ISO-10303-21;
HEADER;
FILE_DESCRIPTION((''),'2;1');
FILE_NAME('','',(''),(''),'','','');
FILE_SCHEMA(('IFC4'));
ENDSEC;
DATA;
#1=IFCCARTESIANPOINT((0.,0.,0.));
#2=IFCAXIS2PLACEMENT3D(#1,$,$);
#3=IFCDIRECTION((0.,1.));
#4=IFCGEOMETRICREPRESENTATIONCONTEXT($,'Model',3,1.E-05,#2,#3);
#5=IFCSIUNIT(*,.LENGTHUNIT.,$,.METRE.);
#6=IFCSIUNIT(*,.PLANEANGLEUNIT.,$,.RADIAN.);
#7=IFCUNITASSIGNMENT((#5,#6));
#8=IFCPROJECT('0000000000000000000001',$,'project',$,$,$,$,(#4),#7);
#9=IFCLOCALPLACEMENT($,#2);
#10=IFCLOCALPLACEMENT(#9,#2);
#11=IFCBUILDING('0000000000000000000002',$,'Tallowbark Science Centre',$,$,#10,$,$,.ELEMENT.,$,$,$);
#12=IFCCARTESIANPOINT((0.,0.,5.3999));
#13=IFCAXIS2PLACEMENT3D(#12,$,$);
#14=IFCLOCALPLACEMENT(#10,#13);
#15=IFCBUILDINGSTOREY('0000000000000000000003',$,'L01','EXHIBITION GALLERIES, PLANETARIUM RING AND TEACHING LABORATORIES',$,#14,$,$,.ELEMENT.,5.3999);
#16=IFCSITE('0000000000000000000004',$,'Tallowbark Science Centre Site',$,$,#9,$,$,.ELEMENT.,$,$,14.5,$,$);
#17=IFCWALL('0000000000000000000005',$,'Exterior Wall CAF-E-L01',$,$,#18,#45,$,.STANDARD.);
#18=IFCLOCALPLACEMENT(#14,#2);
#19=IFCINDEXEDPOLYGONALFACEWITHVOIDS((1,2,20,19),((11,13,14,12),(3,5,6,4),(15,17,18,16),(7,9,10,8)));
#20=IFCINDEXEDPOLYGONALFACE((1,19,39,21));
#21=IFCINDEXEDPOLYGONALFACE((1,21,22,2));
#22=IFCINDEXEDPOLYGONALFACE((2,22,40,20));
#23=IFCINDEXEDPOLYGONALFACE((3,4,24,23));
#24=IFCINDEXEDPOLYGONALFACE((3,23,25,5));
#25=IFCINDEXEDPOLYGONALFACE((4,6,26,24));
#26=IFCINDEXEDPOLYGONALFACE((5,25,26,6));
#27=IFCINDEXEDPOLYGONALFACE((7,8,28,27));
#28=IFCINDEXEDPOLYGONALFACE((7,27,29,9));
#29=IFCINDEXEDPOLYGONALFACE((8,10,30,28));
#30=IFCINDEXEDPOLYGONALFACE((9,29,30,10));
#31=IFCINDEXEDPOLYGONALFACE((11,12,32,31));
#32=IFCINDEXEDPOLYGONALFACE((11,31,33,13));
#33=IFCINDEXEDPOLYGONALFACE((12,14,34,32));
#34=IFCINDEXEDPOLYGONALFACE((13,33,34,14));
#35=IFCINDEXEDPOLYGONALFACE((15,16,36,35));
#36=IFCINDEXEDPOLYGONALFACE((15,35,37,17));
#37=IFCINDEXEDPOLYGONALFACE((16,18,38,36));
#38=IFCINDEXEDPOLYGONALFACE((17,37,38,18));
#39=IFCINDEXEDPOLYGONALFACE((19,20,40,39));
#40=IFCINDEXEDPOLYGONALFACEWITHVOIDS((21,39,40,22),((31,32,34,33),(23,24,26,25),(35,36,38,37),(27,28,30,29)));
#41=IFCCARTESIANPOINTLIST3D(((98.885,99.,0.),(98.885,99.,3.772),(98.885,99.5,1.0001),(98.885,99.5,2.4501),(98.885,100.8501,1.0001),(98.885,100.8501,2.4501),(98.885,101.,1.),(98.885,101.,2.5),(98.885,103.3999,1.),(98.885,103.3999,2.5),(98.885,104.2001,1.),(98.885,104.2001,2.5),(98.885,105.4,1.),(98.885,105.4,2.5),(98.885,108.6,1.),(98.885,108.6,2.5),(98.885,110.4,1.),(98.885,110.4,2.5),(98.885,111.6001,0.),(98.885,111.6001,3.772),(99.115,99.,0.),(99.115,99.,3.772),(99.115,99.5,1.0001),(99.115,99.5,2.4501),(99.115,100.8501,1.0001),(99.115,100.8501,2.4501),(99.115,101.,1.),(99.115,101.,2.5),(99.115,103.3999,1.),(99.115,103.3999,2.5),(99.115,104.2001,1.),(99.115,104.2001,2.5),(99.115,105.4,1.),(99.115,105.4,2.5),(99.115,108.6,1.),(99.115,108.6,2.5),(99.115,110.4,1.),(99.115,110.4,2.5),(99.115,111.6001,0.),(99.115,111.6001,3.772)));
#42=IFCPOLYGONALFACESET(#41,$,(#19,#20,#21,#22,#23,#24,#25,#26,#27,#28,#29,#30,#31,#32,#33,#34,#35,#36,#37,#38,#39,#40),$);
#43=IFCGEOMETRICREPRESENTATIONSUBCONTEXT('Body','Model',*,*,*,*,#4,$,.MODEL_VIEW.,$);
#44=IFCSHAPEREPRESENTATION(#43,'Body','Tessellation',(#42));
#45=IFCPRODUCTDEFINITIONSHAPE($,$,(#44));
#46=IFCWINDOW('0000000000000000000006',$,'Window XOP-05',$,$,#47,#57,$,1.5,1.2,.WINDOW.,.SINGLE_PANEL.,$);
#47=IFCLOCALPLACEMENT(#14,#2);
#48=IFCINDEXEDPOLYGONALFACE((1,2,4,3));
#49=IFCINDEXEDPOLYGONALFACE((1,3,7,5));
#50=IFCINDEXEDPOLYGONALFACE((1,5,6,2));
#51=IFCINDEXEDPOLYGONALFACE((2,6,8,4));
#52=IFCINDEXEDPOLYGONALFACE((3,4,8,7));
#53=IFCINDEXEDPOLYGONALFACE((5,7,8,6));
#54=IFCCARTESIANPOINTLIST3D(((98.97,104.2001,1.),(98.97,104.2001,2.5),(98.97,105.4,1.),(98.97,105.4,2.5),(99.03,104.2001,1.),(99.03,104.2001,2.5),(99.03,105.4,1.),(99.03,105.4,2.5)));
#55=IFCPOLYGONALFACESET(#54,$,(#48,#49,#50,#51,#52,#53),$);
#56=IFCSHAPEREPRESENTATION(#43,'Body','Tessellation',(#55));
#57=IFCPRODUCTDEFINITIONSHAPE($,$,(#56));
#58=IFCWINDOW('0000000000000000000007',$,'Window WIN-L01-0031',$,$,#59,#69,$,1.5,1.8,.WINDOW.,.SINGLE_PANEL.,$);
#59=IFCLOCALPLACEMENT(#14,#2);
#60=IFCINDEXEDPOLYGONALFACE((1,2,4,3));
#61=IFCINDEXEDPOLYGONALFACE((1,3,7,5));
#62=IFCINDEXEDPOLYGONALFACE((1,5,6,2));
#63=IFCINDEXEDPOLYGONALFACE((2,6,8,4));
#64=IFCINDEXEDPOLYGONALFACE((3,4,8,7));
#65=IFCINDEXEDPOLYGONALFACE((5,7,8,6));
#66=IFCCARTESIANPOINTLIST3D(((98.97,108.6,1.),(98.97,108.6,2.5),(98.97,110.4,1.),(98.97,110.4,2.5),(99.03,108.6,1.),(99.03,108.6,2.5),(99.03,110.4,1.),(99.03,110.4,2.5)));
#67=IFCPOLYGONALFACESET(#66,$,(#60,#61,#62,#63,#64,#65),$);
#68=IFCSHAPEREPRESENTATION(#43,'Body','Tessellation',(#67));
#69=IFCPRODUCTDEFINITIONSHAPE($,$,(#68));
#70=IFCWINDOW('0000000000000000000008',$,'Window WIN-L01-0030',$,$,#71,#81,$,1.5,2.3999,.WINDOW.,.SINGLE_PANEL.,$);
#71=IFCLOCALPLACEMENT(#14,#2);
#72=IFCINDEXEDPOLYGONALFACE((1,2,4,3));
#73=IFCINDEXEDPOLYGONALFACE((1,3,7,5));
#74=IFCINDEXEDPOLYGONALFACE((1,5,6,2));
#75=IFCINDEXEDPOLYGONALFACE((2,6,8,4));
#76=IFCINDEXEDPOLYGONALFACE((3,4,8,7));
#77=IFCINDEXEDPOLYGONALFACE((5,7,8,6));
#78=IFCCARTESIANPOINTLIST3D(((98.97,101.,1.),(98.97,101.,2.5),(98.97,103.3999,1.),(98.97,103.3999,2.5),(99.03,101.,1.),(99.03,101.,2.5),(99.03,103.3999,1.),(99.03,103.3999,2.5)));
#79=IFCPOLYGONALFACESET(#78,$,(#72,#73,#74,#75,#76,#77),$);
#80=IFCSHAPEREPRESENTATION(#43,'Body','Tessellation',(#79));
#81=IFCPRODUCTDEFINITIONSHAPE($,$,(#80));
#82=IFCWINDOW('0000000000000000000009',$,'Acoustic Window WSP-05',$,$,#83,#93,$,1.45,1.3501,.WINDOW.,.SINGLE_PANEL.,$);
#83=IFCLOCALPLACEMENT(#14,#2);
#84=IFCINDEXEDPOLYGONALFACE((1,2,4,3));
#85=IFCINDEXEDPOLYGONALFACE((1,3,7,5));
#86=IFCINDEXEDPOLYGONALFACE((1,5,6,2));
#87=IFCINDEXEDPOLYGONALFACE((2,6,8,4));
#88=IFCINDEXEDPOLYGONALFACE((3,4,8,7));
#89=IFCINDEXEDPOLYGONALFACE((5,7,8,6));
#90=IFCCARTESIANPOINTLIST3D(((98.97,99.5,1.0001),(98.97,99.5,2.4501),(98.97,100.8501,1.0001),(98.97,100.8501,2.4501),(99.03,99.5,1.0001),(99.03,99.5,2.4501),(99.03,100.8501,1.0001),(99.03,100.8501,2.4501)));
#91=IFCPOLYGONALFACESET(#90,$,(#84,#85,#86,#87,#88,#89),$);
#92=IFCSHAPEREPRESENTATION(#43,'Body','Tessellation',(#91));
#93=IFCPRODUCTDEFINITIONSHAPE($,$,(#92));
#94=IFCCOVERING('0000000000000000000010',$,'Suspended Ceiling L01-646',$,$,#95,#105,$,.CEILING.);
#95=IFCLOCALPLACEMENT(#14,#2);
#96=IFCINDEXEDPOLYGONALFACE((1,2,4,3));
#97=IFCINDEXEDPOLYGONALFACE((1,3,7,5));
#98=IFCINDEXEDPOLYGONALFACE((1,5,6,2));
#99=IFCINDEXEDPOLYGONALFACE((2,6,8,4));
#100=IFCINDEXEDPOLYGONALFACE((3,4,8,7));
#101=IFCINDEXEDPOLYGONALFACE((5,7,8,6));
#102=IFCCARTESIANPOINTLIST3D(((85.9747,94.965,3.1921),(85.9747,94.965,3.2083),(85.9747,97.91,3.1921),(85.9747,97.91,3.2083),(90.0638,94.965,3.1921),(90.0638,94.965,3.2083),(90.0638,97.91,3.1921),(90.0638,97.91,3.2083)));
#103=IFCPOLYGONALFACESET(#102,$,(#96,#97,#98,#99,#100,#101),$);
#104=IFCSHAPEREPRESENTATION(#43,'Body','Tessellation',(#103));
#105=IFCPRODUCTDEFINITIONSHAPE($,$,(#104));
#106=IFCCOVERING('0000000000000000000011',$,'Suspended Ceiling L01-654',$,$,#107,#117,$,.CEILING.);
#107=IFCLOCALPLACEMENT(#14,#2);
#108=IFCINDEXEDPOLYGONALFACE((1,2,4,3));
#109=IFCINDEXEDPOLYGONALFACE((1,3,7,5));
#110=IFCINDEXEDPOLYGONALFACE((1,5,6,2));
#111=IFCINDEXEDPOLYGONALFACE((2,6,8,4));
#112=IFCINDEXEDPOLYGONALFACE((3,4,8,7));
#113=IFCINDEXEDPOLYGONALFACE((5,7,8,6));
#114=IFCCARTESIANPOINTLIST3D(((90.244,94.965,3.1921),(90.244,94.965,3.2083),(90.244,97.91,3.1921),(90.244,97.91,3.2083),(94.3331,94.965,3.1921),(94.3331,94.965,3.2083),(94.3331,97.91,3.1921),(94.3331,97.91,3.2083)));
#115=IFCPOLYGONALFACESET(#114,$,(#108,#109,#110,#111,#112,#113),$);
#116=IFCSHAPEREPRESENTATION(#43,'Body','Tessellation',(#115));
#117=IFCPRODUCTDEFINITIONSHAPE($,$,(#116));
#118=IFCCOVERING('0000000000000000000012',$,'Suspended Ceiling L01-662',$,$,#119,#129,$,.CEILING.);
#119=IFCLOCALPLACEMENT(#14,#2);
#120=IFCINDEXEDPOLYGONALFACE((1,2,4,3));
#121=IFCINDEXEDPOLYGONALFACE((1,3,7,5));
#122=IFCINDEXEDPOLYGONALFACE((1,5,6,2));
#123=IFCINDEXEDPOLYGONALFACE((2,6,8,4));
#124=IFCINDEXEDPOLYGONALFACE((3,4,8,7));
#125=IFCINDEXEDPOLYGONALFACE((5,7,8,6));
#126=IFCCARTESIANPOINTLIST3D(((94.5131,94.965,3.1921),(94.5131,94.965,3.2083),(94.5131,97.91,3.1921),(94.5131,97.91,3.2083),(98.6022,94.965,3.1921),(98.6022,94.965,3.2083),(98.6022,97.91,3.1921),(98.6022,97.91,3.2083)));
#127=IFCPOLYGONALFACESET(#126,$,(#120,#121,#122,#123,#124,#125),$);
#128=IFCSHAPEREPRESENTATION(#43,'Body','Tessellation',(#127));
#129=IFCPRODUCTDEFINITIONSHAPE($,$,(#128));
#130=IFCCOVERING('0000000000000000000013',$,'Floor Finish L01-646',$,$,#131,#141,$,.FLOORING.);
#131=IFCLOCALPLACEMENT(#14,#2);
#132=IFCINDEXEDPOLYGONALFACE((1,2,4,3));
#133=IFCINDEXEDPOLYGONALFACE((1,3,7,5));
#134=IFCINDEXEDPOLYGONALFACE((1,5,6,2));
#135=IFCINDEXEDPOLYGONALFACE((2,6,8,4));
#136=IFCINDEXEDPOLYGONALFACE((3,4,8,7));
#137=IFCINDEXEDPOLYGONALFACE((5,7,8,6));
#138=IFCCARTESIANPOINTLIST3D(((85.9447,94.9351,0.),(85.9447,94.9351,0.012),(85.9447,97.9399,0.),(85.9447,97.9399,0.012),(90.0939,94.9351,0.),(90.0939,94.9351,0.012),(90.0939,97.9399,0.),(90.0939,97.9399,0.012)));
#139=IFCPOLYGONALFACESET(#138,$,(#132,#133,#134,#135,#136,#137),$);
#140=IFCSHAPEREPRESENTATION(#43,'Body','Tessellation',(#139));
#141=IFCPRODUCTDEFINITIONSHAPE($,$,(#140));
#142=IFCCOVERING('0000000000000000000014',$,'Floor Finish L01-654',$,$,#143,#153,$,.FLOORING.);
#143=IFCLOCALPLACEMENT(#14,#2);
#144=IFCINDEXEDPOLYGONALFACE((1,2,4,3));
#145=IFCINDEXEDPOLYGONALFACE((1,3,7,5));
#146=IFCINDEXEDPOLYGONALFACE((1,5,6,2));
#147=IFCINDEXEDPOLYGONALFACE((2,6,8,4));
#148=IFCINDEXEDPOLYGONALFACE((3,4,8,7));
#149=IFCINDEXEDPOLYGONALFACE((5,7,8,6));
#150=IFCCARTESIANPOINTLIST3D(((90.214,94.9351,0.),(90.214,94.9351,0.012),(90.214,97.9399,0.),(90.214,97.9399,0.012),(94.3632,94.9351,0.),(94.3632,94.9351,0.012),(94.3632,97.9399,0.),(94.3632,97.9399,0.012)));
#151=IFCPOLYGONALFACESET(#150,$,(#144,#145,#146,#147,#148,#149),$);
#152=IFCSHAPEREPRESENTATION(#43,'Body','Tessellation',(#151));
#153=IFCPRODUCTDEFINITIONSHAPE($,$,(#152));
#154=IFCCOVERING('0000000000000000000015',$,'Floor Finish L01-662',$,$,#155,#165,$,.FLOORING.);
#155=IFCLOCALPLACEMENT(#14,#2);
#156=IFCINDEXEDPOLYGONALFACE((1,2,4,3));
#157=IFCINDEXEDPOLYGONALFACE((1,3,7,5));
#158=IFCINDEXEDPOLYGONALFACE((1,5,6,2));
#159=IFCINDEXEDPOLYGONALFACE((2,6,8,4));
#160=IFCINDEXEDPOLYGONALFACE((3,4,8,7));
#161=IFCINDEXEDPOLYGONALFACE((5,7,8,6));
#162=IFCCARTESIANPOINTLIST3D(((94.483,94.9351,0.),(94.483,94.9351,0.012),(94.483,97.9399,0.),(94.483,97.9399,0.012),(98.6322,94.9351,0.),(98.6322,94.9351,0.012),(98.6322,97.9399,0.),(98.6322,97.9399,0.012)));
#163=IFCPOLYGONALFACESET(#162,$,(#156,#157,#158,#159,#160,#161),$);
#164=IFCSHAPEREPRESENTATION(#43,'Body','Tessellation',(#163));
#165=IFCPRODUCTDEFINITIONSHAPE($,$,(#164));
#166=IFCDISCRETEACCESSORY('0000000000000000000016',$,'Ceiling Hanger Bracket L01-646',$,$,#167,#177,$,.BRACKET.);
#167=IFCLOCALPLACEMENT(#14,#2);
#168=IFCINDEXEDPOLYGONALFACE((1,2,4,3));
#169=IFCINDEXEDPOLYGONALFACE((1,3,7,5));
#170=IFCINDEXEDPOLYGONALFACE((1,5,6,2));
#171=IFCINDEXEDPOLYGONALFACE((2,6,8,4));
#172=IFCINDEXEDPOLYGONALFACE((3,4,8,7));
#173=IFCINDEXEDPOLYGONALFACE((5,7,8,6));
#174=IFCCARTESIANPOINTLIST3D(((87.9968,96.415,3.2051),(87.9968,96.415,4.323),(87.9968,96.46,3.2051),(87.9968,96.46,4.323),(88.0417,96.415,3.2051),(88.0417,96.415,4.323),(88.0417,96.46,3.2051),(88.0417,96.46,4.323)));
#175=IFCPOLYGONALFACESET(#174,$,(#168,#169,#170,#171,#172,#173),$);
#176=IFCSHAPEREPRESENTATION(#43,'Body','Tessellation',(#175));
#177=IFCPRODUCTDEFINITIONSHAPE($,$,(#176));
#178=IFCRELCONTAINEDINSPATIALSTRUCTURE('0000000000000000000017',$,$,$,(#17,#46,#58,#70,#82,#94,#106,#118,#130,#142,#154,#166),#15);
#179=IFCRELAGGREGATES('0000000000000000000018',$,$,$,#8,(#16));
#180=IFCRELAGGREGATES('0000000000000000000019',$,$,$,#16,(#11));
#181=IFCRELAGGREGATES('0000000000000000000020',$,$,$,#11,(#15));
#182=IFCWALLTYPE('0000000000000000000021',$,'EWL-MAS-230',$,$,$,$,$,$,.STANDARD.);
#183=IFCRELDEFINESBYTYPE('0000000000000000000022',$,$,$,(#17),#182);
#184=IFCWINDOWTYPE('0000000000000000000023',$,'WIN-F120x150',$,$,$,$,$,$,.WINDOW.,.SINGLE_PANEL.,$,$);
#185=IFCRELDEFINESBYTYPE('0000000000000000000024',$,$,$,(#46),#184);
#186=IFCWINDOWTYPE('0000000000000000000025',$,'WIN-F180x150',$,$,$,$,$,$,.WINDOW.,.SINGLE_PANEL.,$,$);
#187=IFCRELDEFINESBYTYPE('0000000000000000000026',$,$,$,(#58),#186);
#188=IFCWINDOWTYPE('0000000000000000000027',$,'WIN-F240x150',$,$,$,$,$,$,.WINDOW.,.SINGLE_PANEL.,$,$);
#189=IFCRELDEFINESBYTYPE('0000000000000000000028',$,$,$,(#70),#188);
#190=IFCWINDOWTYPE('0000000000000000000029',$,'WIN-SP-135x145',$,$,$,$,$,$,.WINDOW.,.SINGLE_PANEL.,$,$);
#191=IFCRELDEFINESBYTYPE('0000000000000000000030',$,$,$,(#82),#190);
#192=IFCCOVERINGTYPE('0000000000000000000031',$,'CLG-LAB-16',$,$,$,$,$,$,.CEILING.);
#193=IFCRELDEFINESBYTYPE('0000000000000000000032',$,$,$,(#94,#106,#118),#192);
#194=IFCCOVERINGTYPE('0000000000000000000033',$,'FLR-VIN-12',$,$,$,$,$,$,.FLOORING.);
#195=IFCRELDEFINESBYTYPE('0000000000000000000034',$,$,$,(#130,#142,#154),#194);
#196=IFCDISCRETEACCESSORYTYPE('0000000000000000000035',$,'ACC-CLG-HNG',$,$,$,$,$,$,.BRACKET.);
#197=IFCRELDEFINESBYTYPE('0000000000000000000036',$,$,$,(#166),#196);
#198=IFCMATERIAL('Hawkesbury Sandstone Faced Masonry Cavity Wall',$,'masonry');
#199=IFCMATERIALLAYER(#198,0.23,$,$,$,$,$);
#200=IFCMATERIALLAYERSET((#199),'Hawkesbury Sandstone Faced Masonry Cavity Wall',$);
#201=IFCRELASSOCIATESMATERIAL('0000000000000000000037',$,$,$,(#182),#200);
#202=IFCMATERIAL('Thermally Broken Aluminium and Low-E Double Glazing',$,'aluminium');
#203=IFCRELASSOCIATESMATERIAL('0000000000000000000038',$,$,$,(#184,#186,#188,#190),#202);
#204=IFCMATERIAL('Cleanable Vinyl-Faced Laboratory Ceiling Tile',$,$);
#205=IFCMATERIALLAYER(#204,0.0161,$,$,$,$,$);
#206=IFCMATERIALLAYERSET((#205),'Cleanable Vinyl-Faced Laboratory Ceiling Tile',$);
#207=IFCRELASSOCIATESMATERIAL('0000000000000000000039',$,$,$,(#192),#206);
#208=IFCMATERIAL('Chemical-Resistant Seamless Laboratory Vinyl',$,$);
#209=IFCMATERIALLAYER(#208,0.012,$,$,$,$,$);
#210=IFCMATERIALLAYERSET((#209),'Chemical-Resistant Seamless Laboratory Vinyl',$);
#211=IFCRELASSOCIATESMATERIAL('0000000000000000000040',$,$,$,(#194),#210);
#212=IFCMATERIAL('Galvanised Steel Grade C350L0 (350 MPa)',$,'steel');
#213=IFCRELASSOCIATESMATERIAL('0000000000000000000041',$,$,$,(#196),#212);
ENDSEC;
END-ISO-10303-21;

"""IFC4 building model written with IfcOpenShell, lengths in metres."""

from ifc_helpers import new_model, si_unit, direction, frame, frame_2d, origin, origin_2d, place, context, subcontext, project, spatial, rectangle, extrude, material, layer, layer_set, type_object, element, fill, save


model = new_model("IFC4")

# Units and contexts
model_context = context("Model", 3, precision=1e-05, world=origin(), true_north=direction((0.0, 1.0)))
body_context = subcontext(model_context, "Body", "Model", "MODEL_VIEW")
ifc_project = project(units=[si_unit("LENGTHUNIT", "METRE"), si_unit("PLANEANGLEUNIT", "RADIAN")], contexts=[model_context])

# Site, building, storey
site_placement = place(None, origin())
site = spatial("IfcSite", under=ifc_project, at=site_placement, Name="Tallowbark Science Centre Site", CompositionType="ELEMENT", RefElevation=14.5)
building_placement = place(site_placement, origin())
building = spatial("IfcBuilding", under=site, at=building_placement, Name="Tallowbark Science Centre", CompositionType="ELEMENT")
storey_placement = place(building_placement, frame((0.0, 0.0, 5.3999)))
storey = spatial("IfcBuildingStorey", under=building, at=storey_placement, Name="L01", Description="EXHIBITION GALLERIES, PLANETARIUM RING AND TEACHING LABORATORIES", CompositionType="ELEMENT", Elevation=5.3999)

# Wall, openings, windows
ifc_material_1 = material(Name="Hawkesbury Sandstone Faced Masonry Cavity Wall", Category="masonry")
ifc_layer_1 = layer(ifc_material_1, 0.23)
ifc_layer_set_1 = layer_set([ifc_layer_1], Name="Hawkesbury Sandstone Faced Masonry Cavity Wall")
wall_type = type_object("IfcWallType", Name="EWL-MAS-230", PredefinedType="STANDARD", material=ifc_layer_set_1)
wall_placement = place(storey_placement, frame((99.0, 99.0, 0.0), z_axis=(0.0, 0.0, 1.0), x_axis=(0.0, 1.0, 0.0)))
wall = element("IfcWall", 1, at=wall_placement, inside=storey, type_object=wall_type, Name="Exterior Wall CAF-E-L01", PredefinedType="STANDARD", context=body_context, shape_type="SweptSolid", body=[
    extrude(rectangle(XDim=12.6001, YDim=0.23, at=frame_2d((6.3, 0.0))), origin(), (0.0, 0.0, 1.0), 3.772),
])
opening_1_placement = place(wall_placement, frame((2.0, 0.0, 1.0)))
opening_1 = element("IfcOpeningElement", 2, at=opening_1_placement, cuts=wall, PredefinedType="OPENING", context=body_context, shape_type="SweptSolid", body=[
    extrude(rectangle(XDim=2.3999, YDim=1.5, at=frame_2d((1.2, 0.75))), frame((0.0, 0.125, 0.0), z_axis=(0.0, -1.0, 0.0), x_axis=(1.0, 0.0, 0.0)), (0.0, 0.0, 1.0), 0.25),
])
opening_2_placement = place(wall_placement, frame((9.6001, 0.0, 1.0)))
opening_2 = element("IfcOpeningElement", 3, at=opening_2_placement, cuts=wall, PredefinedType="OPENING", context=body_context, shape_type="SweptSolid", body=[
    extrude(rectangle(XDim=1.8, YDim=1.5, at=frame_2d((0.8999, 0.75))), frame((0.0, 0.125, 0.0), z_axis=(0.0, -1.0, 0.0), x_axis=(1.0, 0.0, 0.0)), (0.0, 0.0, 1.0), 0.25),
])
opening_3_placement = place(wall_placement, frame((5.2, 0.0, 1.0)))
opening_3 = element("IfcOpeningElement", 4, at=opening_3_placement, cuts=wall, PredefinedType="OPENING", context=body_context, shape_type="SweptSolid", body=[
    extrude(rectangle(XDim=1.2, YDim=1.5, at=frame_2d((0.6001, 0.75))), frame((0.0, 0.125, 0.0), z_axis=(0.0, -1.0, 0.0), x_axis=(1.0, 0.0, 0.0)), (0.0, 0.0, 1.0), 0.25),
])
opening_4_placement = place(wall_placement, frame((0.5, 0.0, 1.0)))
opening_4 = element("IfcOpeningElement", 5, at=opening_4_placement, cuts=wall, PredefinedType="OPENING", context=body_context, shape_type="SweptSolid", body=[
    extrude(rectangle(XDim=1.3501, YDim=1.45, at=frame_2d((0.675, 0.7251))), frame((0.0, 0.125, 0.0), z_axis=(0.0, -1.0, 0.0), x_axis=(1.0, 0.0, 0.0)), (0.0, 0.0, 1.0), 0.25),
])
ifc_material_2 = material(Name="Thermally Broken Aluminium and Low-E Double Glazing", Category="aluminium")
window_type_1 = type_object("IfcWindowType", Name="WIN-F120x150", PartitioningType="SINGLE_PANEL", PredefinedType="WINDOW", material=ifc_material_2)
window_1_placement = place(opening_3_placement, origin())
window_1 = element("IfcWindow", 6, at=window_1_placement, inside=storey, type_object=window_type_1, Name="Window XOP-05", OverallHeight=1.5, OverallWidth=1.2, PartitioningType="SINGLE_PANEL", PredefinedType="WINDOW", context=body_context, shape_type="SweptSolid", body=[
    extrude(rectangle(XDim=1.2, YDim=1.5, at=frame_2d((0.6001, 0.75))), frame((0.0, 0.03, 0.0), z_axis=(0.0, -1.0, 0.0), x_axis=(1.0, 0.0, 0.0)), (0.0, 0.0, 1.0), 0.0601),
])
fill(opening_3, window_1)
window_type_2 = type_object("IfcWindowType", Name="WIN-F180x150", PartitioningType="SINGLE_PANEL", PredefinedType="WINDOW", material=ifc_material_2)
window_2_placement = place(opening_2_placement, origin())
window_2 = element("IfcWindow", 7, at=window_2_placement, inside=storey, type_object=window_type_2, Name="Window WIN-L01-0031", OverallHeight=1.5, OverallWidth=1.8, PartitioningType="SINGLE_PANEL", PredefinedType="WINDOW", context=body_context, shape_type="SweptSolid", body=[
    extrude(rectangle(XDim=1.8, YDim=1.5, at=frame_2d((0.8999, 0.75))), frame((0.0, 0.03, 0.0), z_axis=(0.0, -1.0, 0.0), x_axis=(1.0, 0.0, 0.0)), (0.0, 0.0, 1.0), 0.0601),
])
fill(opening_2, window_2)
window_type_3 = type_object("IfcWindowType", Name="WIN-F240x150", PartitioningType="SINGLE_PANEL", PredefinedType="WINDOW", material=ifc_material_2)
window_3_placement = place(opening_1_placement, origin())
window_3 = element("IfcWindow", 8, at=window_3_placement, inside=storey, type_object=window_type_3, Name="Window WIN-L01-0030", OverallHeight=1.5, OverallWidth=2.3999, PartitioningType="SINGLE_PANEL", PredefinedType="WINDOW", context=body_context, shape_type="SweptSolid", body=[
    extrude(rectangle(XDim=2.3999, YDim=1.5, at=frame_2d((1.2, 0.75))), frame((0.0, 0.03, 0.0), z_axis=(0.0, -1.0, 0.0), x_axis=(1.0, 0.0, 0.0)), (0.0, 0.0, 1.0), 0.0601),
])
fill(opening_1, window_3)
window_type_4 = type_object("IfcWindowType", Name="WIN-SP-135x145", PartitioningType="SINGLE_PANEL", PredefinedType="WINDOW", material=ifc_material_2)
window_4_placement = place(opening_4_placement, origin())
window_4 = element("IfcWindow", 9, at=window_4_placement, inside=storey, type_object=window_type_4, Name="Acoustic Window WSP-05", OverallHeight=1.45, OverallWidth=1.3501, PartitioningType="SINGLE_PANEL", PredefinedType="WINDOW", context=body_context, shape_type="SweptSolid", body=[
    extrude(rectangle(XDim=1.3501, YDim=1.45, at=frame_2d((0.675, 0.7251))), frame((0.0, 0.03, 0.0), z_axis=(0.0, -1.0, 0.0), x_axis=(1.0, 0.0, 0.0)), (0.0, 0.0, 1.0), 0.0601),
])
fill(opening_4, window_4)

# Coverings
ifc_material_3 = material(Name="Cleanable Vinyl-Faced Laboratory Ceiling Tile")
ifc_layer_2 = layer(ifc_material_3, 0.0161)
ifc_layer_set_2 = layer_set([ifc_layer_2], Name="Cleanable Vinyl-Faced Laboratory Ceiling Tile")
covering_type_1 = type_object("IfcCoveringType", Name="CLG-LAB-16", PredefinedType="CEILING", material=ifc_layer_set_2)
for number, where, z_axis, x_axis, name in (
    (10, (88.0193, 96.4375, 3.1921), (0.0, 0.0, 1.0), (1.0, 0.0, 0.0), "Suspended Ceiling L01-646"),
    (11, (92.2886, 96.4375, 3.1921), (0.0, 0.0, 1.0), (1.0, 0.0, 0.0), "Suspended Ceiling L01-654"),
    (12, (96.5576, 96.4375, 3.1921), (0.0, 0.0, 1.0), (1.0, 0.0, 0.0), "Suspended Ceiling L01-662"),
):
    element("IfcCovering", number, at=place(storey_placement, frame(where, z_axis=z_axis, x_axis=x_axis)), inside=storey, type_object=covering_type_1, Name=name, PredefinedType="CEILING", context=body_context, shape_type="SweptSolid", body=[
        extrude(rectangle(XDim=4.0891, YDim=2.9451, at=origin_2d()), origin(), (0.0, 0.0, 1.0), 0.0161),
    ])
ifc_material_4 = material(Name="Chemical-Resistant Seamless Laboratory Vinyl")
ifc_layer_3 = layer(ifc_material_4, 0.012)
ifc_layer_set_3 = layer_set([ifc_layer_3], Name="Chemical-Resistant Seamless Laboratory Vinyl")
covering_type_2 = type_object("IfcCoveringType", Name="FLR-VIN-12", PredefinedType="FLOORING", material=ifc_layer_set_3)
for number, where, z_axis, x_axis, name in (
    (13, (88.0193, 96.4375, 0.0), (0.0, 0.0, 1.0), (1.0, 0.0, 0.0), "Floor Finish L01-646"),
    (14, (92.2886, 96.4375, 0.0), (0.0, 0.0, 1.0), (1.0, 0.0, 0.0), "Floor Finish L01-654"),
    (15, (96.5576, 96.4375, 0.0), (0.0, 0.0, 1.0), (1.0, 0.0, 0.0), "Floor Finish L01-662"),
):
    element("IfcCovering", number, at=place(storey_placement, frame(where, z_axis=z_axis, x_axis=x_axis)), inside=storey, type_object=covering_type_2, Name=name, PredefinedType="FLOORING", context=body_context, shape_type="SweptSolid", body=[
        extrude(rectangle(XDim=4.1492, YDim=3.0049, at=origin_2d()), origin(), (0.0, 0.0, 1.0), 0.012),
    ])

# Discrete accessory
ifc_material_5 = material(Name="Galvanised Steel Grade C350L0 (350 MPa)", Category="steel")
discrete_accessory_type = type_object("IfcDiscreteAccessoryType", Name="ACC-CLG-HNG", PredefinedType="BRACKET", material=ifc_material_5)
for number, where, z_axis, x_axis, name in (
    (16, (88.0193, 96.4375, 3.2051), (0.0, 0.0, 1.0), (1.0, 0.0, 0.0), "Ceiling Hanger Bracket L01-646"),
):
    element("IfcDiscreteAccessory", number, at=place(storey_placement, frame(where, z_axis=z_axis, x_axis=x_axis)), inside=storey, type_object=discrete_accessory_type, Name=name, PredefinedType="BRACKET", context=body_context, shape_type="SweptSolid", body=[
        extrude(rectangle(XDim=0.0449, YDim=0.0449, at=origin_2d()), origin(), (0.0, 0.0, 1.0), 1.1179),
    ])

save(model, "model.ifc")
